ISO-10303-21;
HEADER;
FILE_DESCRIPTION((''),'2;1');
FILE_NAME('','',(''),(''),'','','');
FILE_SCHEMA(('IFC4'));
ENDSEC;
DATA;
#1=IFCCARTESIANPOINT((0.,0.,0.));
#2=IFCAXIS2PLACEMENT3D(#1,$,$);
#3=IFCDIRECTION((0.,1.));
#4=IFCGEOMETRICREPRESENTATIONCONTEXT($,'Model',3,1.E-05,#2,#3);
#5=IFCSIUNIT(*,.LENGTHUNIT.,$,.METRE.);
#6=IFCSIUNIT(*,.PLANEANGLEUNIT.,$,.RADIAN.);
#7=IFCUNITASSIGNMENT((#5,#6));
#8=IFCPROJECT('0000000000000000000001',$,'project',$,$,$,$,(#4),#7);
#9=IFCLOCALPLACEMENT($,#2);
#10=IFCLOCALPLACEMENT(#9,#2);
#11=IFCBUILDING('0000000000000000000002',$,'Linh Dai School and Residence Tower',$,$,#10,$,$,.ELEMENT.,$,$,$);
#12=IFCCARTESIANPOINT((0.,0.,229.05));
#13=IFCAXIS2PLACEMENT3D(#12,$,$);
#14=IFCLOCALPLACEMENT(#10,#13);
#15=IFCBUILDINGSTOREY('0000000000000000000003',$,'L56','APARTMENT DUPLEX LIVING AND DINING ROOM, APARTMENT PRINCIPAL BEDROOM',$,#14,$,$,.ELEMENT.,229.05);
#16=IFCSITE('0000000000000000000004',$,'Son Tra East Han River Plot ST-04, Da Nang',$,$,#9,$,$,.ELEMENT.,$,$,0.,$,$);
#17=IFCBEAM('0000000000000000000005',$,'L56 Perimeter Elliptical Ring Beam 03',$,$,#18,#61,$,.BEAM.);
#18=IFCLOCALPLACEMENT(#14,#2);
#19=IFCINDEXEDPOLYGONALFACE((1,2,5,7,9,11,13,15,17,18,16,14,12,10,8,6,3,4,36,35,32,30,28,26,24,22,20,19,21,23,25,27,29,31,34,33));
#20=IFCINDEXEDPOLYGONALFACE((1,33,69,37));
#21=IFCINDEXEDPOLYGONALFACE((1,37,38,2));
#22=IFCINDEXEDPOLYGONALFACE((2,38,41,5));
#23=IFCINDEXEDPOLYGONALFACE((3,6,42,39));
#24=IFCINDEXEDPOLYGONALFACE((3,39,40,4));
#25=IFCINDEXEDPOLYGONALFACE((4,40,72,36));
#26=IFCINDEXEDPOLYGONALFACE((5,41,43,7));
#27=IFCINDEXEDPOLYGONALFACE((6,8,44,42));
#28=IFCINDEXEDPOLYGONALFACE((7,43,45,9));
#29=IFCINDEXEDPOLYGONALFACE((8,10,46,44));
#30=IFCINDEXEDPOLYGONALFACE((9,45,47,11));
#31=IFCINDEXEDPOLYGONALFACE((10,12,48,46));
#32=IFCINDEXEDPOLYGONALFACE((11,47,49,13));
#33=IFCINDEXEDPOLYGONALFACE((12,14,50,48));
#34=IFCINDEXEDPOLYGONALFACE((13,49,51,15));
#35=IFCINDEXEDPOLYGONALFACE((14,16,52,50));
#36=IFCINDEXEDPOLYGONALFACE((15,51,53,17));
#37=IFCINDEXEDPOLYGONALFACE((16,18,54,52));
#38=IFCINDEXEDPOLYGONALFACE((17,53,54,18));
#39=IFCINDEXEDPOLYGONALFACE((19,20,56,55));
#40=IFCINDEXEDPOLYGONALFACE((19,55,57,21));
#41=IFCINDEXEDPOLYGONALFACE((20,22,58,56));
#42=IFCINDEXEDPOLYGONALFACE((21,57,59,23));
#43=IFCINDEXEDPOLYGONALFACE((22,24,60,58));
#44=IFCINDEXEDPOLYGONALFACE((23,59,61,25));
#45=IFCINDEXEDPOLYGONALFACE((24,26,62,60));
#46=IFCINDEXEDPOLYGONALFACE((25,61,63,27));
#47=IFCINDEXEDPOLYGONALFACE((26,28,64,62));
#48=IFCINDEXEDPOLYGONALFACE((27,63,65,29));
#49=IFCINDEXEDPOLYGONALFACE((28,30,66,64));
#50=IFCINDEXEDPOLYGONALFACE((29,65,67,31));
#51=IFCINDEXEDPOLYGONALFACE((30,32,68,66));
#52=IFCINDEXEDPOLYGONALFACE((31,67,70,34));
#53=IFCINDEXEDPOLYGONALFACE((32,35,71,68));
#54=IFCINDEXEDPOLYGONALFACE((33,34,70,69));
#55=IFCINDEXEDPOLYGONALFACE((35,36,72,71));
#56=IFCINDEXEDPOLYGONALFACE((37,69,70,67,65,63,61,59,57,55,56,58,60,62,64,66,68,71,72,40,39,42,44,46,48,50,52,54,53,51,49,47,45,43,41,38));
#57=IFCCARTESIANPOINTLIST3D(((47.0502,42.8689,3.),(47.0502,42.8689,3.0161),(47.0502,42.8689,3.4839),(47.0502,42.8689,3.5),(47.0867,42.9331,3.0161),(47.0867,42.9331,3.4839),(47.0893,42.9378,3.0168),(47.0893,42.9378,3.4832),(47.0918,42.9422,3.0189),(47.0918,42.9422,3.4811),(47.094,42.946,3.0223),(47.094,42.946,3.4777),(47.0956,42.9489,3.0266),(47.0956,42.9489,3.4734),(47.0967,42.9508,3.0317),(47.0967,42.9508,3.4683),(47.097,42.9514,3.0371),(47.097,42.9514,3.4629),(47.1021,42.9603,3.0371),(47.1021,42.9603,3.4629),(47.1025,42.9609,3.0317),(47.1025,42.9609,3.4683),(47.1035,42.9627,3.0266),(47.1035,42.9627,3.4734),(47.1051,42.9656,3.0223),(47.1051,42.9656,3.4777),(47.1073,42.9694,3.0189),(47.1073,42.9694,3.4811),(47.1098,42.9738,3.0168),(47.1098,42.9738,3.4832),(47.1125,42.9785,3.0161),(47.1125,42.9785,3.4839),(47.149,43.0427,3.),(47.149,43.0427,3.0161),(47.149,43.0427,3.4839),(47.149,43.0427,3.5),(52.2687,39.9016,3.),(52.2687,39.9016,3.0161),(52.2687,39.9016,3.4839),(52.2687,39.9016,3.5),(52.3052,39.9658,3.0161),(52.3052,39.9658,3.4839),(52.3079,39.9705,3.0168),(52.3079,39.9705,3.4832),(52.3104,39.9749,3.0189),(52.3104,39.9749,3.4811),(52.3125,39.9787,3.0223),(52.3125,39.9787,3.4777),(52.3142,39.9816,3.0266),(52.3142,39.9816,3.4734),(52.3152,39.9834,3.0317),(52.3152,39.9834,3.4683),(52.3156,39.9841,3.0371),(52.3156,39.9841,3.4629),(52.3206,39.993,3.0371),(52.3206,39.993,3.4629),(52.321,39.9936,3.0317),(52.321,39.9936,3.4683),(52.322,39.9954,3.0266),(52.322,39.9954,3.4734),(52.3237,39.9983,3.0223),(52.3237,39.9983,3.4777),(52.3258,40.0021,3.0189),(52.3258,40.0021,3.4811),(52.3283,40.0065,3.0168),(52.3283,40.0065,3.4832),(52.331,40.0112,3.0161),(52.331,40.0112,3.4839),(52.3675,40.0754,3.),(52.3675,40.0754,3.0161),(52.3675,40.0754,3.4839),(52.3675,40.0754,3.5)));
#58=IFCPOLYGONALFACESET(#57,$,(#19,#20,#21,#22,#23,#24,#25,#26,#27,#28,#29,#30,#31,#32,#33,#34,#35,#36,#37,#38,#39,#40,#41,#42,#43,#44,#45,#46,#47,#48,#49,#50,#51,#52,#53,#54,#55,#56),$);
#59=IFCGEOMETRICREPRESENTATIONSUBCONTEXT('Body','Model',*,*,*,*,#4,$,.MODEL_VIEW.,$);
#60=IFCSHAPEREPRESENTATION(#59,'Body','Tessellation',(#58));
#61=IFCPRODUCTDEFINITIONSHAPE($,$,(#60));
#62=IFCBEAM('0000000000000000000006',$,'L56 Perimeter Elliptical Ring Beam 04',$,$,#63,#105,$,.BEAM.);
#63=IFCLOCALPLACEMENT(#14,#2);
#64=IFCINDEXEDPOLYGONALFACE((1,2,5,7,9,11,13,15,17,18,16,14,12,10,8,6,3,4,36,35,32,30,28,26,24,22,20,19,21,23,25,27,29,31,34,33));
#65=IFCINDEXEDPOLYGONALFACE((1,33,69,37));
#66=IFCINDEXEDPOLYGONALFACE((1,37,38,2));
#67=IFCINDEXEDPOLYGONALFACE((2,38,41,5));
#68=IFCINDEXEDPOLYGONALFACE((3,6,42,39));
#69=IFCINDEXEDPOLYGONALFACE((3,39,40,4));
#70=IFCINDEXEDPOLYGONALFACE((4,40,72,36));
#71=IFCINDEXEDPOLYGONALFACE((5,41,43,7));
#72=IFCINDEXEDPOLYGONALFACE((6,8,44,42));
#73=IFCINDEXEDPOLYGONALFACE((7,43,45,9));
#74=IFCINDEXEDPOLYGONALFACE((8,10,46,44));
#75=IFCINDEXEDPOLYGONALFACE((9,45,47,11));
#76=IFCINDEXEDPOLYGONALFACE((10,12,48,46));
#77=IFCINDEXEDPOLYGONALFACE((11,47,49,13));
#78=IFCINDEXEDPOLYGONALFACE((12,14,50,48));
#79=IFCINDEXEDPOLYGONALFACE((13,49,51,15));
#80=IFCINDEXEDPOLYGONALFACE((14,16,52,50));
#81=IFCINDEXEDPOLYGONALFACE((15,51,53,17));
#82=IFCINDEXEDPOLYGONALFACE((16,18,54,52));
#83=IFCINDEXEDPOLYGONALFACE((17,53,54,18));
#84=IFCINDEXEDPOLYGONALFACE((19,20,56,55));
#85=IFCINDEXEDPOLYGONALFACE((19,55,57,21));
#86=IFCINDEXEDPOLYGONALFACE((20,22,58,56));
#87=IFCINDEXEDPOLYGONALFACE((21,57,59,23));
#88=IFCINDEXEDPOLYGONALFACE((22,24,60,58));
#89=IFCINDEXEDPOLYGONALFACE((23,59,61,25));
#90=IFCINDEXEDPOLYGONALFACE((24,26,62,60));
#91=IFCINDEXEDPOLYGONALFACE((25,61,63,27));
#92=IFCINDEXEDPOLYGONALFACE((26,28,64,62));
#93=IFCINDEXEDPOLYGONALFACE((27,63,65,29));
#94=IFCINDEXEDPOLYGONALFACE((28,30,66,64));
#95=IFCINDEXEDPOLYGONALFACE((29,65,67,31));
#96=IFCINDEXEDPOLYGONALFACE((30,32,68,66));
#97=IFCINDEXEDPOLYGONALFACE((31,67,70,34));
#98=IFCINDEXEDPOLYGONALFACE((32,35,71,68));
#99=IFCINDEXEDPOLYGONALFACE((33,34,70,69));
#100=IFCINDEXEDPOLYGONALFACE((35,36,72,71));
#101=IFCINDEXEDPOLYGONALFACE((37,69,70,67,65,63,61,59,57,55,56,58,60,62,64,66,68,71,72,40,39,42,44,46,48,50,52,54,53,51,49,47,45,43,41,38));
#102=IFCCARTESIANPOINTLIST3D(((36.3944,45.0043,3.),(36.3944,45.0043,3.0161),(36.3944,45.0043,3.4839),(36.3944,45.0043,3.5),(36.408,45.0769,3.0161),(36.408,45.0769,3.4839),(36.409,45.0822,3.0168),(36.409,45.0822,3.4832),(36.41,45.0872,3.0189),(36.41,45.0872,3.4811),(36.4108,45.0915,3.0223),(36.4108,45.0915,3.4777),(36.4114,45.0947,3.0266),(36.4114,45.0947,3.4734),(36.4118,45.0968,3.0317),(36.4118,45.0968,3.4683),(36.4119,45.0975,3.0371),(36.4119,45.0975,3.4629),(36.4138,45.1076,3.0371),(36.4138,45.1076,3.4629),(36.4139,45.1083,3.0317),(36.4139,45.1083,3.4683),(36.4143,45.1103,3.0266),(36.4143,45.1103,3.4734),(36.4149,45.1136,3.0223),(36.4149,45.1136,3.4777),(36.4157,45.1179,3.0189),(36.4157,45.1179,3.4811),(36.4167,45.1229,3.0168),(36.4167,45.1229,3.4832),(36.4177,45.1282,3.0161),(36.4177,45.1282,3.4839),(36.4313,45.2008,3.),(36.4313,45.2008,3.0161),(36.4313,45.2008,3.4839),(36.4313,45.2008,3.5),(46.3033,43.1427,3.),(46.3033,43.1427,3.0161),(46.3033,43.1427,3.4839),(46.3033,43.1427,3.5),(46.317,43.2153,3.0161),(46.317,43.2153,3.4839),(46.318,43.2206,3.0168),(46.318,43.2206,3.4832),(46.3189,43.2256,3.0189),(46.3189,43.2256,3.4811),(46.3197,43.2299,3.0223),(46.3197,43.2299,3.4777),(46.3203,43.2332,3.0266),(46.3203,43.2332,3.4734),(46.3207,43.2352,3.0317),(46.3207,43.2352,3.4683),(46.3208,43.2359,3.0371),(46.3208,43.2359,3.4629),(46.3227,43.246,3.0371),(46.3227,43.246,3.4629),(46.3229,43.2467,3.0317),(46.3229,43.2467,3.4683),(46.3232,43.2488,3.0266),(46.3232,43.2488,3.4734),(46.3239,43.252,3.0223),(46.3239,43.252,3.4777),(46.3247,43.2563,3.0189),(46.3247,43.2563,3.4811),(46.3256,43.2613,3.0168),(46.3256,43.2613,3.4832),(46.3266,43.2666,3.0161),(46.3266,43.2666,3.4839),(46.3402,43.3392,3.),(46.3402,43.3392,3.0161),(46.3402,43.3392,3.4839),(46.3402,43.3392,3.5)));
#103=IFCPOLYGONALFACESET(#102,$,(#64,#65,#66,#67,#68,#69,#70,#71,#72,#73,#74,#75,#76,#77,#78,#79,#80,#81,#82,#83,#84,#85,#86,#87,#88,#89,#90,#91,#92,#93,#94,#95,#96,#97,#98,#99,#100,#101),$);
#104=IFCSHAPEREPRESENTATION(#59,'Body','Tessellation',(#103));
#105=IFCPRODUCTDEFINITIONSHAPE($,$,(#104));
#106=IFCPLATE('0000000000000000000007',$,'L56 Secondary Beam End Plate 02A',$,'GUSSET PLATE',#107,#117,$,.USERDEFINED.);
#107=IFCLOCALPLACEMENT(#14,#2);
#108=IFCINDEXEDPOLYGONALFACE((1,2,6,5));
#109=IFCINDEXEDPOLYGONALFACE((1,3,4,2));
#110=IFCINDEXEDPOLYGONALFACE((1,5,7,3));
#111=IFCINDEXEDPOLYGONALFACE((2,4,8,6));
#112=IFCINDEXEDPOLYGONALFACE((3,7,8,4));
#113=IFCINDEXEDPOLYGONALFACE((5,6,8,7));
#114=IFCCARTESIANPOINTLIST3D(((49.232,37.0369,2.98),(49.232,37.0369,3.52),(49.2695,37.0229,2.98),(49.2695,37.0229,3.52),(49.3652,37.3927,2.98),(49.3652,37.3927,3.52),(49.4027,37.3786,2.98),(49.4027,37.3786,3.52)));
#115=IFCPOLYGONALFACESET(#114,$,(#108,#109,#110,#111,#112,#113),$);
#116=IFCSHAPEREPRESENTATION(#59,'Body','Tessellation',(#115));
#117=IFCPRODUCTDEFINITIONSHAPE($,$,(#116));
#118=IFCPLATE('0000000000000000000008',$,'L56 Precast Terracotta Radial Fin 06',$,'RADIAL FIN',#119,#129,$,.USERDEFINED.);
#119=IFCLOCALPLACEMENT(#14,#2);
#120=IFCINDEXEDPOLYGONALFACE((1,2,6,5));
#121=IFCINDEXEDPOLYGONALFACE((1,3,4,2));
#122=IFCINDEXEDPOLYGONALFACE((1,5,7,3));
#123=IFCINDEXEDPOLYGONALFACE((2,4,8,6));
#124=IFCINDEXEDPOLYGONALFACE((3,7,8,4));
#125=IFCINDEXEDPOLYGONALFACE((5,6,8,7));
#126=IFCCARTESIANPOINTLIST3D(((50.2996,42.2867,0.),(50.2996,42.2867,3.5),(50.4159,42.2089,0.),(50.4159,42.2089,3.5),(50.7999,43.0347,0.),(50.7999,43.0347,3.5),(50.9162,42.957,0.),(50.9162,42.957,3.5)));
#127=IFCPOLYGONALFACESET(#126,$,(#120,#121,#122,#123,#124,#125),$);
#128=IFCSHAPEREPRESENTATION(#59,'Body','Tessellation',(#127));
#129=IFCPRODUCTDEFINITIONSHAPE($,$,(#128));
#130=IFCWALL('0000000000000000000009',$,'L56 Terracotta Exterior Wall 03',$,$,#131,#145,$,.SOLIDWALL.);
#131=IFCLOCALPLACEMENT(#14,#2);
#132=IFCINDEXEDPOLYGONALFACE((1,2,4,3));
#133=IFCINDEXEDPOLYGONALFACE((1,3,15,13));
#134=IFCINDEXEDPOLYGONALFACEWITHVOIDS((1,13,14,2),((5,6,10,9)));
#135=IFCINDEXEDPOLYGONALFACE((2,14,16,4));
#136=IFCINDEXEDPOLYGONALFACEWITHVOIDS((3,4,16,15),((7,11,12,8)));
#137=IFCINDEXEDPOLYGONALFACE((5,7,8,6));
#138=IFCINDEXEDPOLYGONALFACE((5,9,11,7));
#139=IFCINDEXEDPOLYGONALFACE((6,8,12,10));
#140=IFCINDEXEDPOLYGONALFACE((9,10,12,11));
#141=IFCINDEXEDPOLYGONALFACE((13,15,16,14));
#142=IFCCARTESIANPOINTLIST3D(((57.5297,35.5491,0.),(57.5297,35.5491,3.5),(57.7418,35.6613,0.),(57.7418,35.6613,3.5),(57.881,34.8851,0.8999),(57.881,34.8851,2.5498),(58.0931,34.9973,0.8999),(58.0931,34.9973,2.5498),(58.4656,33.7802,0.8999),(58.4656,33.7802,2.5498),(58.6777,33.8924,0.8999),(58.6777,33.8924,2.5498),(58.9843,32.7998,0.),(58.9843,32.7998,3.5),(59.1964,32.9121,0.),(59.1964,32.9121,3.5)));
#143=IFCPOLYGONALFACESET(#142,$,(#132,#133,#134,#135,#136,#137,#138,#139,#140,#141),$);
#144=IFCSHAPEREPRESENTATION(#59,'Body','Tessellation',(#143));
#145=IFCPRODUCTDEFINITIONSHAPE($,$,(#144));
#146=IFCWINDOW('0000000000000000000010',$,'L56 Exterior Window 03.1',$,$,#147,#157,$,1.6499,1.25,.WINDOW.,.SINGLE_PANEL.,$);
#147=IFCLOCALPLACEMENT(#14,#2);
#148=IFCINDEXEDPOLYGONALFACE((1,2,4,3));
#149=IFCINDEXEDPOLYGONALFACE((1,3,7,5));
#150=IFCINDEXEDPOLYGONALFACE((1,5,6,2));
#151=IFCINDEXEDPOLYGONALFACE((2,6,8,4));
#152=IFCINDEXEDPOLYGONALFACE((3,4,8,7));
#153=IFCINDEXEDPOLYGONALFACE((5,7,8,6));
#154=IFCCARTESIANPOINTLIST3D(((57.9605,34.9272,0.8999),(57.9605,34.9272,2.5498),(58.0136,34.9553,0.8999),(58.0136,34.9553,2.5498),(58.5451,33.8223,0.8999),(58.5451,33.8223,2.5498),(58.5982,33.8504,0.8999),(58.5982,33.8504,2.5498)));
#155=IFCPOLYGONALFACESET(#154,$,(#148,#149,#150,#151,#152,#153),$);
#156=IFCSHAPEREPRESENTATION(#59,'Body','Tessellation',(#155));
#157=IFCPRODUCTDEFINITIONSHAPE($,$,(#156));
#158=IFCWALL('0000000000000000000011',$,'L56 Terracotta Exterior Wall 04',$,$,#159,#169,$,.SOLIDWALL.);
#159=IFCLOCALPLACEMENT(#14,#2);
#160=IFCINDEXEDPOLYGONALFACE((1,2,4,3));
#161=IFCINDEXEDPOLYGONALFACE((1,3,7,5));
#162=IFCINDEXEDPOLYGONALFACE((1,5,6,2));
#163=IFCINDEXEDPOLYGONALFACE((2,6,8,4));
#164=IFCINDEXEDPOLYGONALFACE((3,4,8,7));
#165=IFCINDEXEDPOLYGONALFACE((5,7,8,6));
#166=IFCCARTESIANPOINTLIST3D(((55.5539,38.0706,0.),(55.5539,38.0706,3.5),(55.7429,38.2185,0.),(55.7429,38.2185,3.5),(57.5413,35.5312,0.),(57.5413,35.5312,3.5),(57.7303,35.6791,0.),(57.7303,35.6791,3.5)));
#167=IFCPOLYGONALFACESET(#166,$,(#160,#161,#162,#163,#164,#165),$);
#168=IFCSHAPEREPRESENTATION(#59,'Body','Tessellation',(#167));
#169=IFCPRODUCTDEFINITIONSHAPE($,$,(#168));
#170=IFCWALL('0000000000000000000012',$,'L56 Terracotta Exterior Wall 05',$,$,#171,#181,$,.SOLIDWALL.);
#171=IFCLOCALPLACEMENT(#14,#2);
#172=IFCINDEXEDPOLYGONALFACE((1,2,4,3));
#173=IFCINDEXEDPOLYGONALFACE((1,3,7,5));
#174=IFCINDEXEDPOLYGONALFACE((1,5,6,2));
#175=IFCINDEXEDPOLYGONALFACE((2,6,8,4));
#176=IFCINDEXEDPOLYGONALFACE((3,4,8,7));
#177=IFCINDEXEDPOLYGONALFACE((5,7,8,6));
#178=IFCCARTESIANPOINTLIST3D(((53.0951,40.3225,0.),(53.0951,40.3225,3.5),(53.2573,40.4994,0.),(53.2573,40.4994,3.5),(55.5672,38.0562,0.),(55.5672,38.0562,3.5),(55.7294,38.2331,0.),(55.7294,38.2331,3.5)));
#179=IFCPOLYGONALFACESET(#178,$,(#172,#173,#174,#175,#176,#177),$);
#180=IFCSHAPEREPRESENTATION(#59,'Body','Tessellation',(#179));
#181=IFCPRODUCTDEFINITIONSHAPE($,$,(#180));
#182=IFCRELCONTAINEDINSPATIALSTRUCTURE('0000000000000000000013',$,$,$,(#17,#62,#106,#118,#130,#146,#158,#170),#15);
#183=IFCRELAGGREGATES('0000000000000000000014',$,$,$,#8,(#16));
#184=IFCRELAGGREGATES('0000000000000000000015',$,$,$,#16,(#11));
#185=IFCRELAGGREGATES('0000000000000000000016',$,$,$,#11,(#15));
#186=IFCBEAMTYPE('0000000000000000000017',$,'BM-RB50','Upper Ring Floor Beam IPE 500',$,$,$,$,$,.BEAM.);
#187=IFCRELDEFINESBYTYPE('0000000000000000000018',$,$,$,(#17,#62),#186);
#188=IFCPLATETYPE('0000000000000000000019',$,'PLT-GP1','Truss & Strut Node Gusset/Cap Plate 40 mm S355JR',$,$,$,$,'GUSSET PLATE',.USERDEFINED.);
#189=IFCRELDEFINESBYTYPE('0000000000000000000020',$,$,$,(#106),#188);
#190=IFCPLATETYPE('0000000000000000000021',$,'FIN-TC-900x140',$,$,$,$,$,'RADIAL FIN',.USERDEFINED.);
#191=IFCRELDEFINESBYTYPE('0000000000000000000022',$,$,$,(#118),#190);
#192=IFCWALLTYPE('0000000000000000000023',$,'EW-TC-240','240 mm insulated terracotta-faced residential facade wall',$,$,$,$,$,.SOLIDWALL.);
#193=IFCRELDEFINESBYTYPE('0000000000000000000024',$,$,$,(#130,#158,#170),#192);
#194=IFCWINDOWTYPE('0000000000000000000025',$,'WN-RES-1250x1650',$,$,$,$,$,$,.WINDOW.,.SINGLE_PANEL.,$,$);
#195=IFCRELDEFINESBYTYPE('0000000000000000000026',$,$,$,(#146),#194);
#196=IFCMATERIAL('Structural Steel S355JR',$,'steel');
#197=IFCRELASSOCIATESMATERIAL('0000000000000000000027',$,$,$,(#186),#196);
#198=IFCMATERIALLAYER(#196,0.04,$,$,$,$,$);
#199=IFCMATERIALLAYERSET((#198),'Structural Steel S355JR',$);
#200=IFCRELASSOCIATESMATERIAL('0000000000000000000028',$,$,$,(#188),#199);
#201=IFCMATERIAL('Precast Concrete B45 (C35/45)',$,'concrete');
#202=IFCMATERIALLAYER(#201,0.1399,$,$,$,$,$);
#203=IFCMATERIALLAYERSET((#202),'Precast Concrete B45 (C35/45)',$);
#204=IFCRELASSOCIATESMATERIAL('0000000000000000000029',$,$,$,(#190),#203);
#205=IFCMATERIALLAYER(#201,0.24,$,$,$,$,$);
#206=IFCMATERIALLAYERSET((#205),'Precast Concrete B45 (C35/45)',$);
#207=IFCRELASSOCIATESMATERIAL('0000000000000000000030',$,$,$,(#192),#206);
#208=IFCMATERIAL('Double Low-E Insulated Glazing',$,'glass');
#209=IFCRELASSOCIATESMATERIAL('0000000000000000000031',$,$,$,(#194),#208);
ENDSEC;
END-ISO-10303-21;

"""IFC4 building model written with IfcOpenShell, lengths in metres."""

from ifc_helpers import new_model, si_unit, direction, frame, frame_2d, origin, origin_2d, place, context, subcontext, project, spatial, rectangle, i_section, extrude, source, transform, mapped, material, layer, layer_set, material_profile, profile_set, type_object, element, fill, save


model = new_model("IFC4")

# Units and contexts
model_context = context("Model", 3, precision=1e-05, world=origin(), true_north=direction((0.0, 1.0)))
body_context = subcontext(model_context, "Body", "Model", "MODEL_VIEW")
ifc_project = project(units=[si_unit("LENGTHUNIT", "METRE"), si_unit("PLANEANGLEUNIT", "RADIAN")], contexts=[model_context])

# Site, building, storey
site_placement = place(None, origin())
site = spatial("IfcSite", under=ifc_project, at=site_placement, Name="Son Tra East Han River Plot ST-04, Da Nang", CompositionType="ELEMENT", RefElevation=0.0)
building_placement = place(site_placement, origin())
building = spatial("IfcBuilding", under=site, at=building_placement, Name="Linh Dai School and Residence Tower", CompositionType="ELEMENT")
storey_placement = place(building_placement, frame((0.0, 0.0, 229.05)))
storey = spatial("IfcBuildingStorey", under=building, at=storey_placement, Name="L56", Description="APARTMENT DUPLEX LIVING AND DINING ROOM, APARTMENT PRINCIPAL BEDROOM", CompositionType="ELEMENT", Elevation=229.05)

# Shared definitions
ifc_material_1 = material(Name="Structural Steel S355JR", Category="steel")

# Beams
ifc_material_profile_1 = material_profile(ifc_material_1, i_section(OverallWidth=0.2, OverallDepth=0.5, WebThickness=0.0103, FlangeThickness=0.0161, FilletRadius=0.021, at=origin_2d()), Name="IPE 500")
ifc_profile_set_1 = profile_set([ifc_material_profile_1], Name="Structural Steel S355JR")
beam_type_1 = type_object("IfcBeamType", Name="BM-RB50", Description="Upper Ring Floor Beam IPE 500", PredefinedType="BEAM", material=ifc_profile_set_1)
beam_1_placement = place(storey_placement, frame((52.3181, 39.9885, 3.25), z_axis=(-0.869297, 0.49429, 0.0), x_axis=(-0.49429, -0.869297, 0.0)))
element("IfcBeam", 1, at=beam_1_placement, inside=storey, type_object=beam_type_1, Name="L56 Perimeter Elliptical Ring Beam 03", PredefinedType="BEAM", context=body_context, shape_type="SweptSolid", body=[
    extrude(i_section(OverallWidth=0.2, OverallDepth=0.5, WebThickness=0.0103, FlangeThickness=0.0161, FilletRadius=0.021, at=origin_2d()), origin(), (0.0, 0.0, 1.0), 6.0032),
])
beam_2_placement = place(storey_placement, frame((46.3218, 43.241, 3.25), z_axis=(-0.982807, 0.184638, 0.0), x_axis=(-0.184638, -0.982807, 0.0)))
element("IfcBeam", 2, at=beam_2_placement, inside=storey, type_object=beam_type_1, Name="L56 Perimeter Elliptical Ring Beam 04", PredefinedType="BEAM", context=body_context, shape_type="SweptSolid", body=[
    extrude(i_section(OverallWidth=0.2, OverallDepth=0.5, WebThickness=0.0103, FlangeThickness=0.0161, FilletRadius=0.021, at=origin_2d()), origin(), (0.0, 0.0, 1.0), 10.0823),
])

# Plates
ifc_layer_1 = layer(ifc_material_1, 0.04)
ifc_layer_set_1 = layer_set([ifc_layer_1], Name="Structural Steel S355JR")
plate_type_1 = type_object("IfcPlateType", Name="PLT-GP1", Description="Truss & Strut Node Gusset/Cap Plate 40 mm S355JR", ElementType="GUSSET PLATE", PredefinedType="USERDEFINED", material=ifc_layer_set_1)
shared_shape_1 = source(origin(), body_context, "Body", "SweptSolid", [
    extrude(rectangle(XDim=0.04, YDim=0.3799, at=origin_2d()), origin(), (0.0, 0.0, 1.0), 0.54),
])
plate_1_placement = place(storey_placement, frame((49.3174, 37.2078, 2.98), z_axis=(0.0, 0.0, 1.0), x_axis=(-0.936534, 0.350577, 0.0)))
element("IfcPlate", 3, at=plate_1_placement, inside=storey, type_object=plate_type_1, Name="L56 Secondary Beam End Plate 02A", ObjectType="GUSSET PLATE", PredefinedType="USERDEFINED", context=body_context, shape_type="MappedRepresentation", body=[
    mapped(shared_shape_1, transform((0.0, 0.0, 0.0), x_axis=(1.0, 0.0, 0.0), y_axis=(0.0, 1.0, 0.0), z_axis=(0.0, 0.0, 1.0), scale=1.0)),
])
ifc_material_2 = material(Name="Precast Concrete B45 (C35/45)", Category="concrete")
ifc_layer_2 = layer(ifc_material_2, 0.1399)
ifc_layer_set_2 = layer_set([ifc_layer_2], Name="Precast Concrete B45 (C35/45)")
plate_type_2 = type_object("IfcPlateType", Name="FIN-TC-900x140", ElementType="RADIAL FIN", PredefinedType="USERDEFINED", material=ifc_layer_set_2)
shared_shape_2 = source(origin(), body_context, "Body", "SweptSolid", [
    extrude(rectangle(XDim=0.8999, YDim=0.1399, at=origin_2d()), origin(), (0.0, 0.0, 1.0), 3.5),
])
plate_2_placement = place(storey_placement, frame((50.6079, 42.6218, 0.0), z_axis=(0.0, 0.0, 1.0), x_axis=(0.555887, 0.831258, 0.0)))
element("IfcPlate", 4, at=plate_2_placement, inside=storey, type_object=plate_type_2, Name="L56 Precast Terracotta Radial Fin 06", ObjectType="RADIAL FIN", PredefinedType="USERDEFINED", context=body_context, shape_type="MappedRepresentation", body=[
    mapped(shared_shape_2, transform((0.0, 0.0, 0.0), x_axis=(1.0, 0.0, 0.0), y_axis=(0.0, 1.0, 0.0), z_axis=(0.0, 0.0, 1.0), scale=1.0)),
])

# Wall, opening, window
ifc_layer_3 = layer(ifc_material_2, 0.24)
ifc_layer_set_3 = layer_set([ifc_layer_3], Name="Precast Concrete B45 (C35/45)")
wall_type_1 = type_object("IfcWallType", Name="EW-TC-240", Description="240 mm insulated terracotta-faced residential facade wall", PredefinedType="SOLIDWALL", material=ifc_layer_set_3)
wall_1_placement = place(storey_placement, frame((57.6357, 35.6052, 0.0), z_axis=(0.0, 0.0, 1.0), x_axis=(0.46766, -0.883908, 0.0)))
wall_1 = element("IfcWall", 5, at=wall_1_placement, inside=storey, type_object=wall_type_1, Name="L56 Terracotta Exterior Wall 03", PredefinedType="SOLIDWALL", context=body_context, shape_type="SweptSolid", body=[
    extrude(rectangle(XDim=3.1104, YDim=0.24, at=frame_2d((1.5552, 0.0))), origin(), (0.0, 0.0, 1.0), 3.5),
])
opening_1_placement = place(wall_1_placement, frame((0.7512, 0.0, 0.8999)))
opening_1 = element("IfcOpeningElement", 6, at=opening_1_placement, cuts=wall_1, PredefinedType="OPENING", context=body_context, shape_type="SweptSolid", body=[
    extrude(rectangle(XDim=1.25, YDim=1.6499, at=origin_2d()), frame((0.625, 0.1299, 0.825), z_axis=(0.0, -1.0, 0.0), x_axis=(1.0, 0.0, 0.0)), (0.0, 0.0, 1.0), 0.26),
])
ifc_material_3 = material(Name="Double Low-E Insulated Glazing", Category="glass")
window_type = type_object("IfcWindowType", Name="WN-RES-1250x1650", PartitioningType="SINGLE_PANEL", PredefinedType="WINDOW", material=ifc_material_3)
shared_shape_3 = source(origin(), body_context, "Body", "SweptSolid", [
    extrude(rectangle(XDim=1.25, YDim=1.6499, at=origin_2d()), frame((0.625, 0.03, 0.825), z_axis=(0.0, -1.0, 0.0), x_axis=(1.0, 0.0, 0.0)), (0.0, 0.0, 1.0), 0.0601),
])
window_placement = place(opening_1_placement, origin())
window = element("IfcWindow", 7, at=window_placement, inside=storey, type_object=window_type, Name="L56 Exterior Window 03.1", OverallHeight=1.6499, OverallWidth=1.25, PartitioningType="SINGLE_PANEL", PredefinedType="WINDOW", context=body_context, shape_type="MappedRepresentation", body=[
    mapped(shared_shape_3, transform((0.0, 0.0, 0.0), x_axis=(1.0, 0.0, 0.0), y_axis=(0.0, 1.0, 0.0), z_axis=(0.0, 0.0, 1.0), scale=1.0)),
])
fill(opening_1, window)

# Walls
wall_2_placement = place(storey_placement, frame((55.6484, 38.1445, 0.0), z_axis=(0.0, 0.0, 1.0), x_axis=(0.616312, -0.787502, 0.0)))
element("IfcWall", 8, at=wall_2_placement, inside=storey, type_object=wall_type_1, Name="L56 Terracotta Exterior Wall 04", PredefinedType="SOLIDWALL", context=body_context, shape_type="SweptSolid", body=[
    extrude(rectangle(XDim=3.2246, YDim=0.24, at=frame_2d((1.6123, 0.0))), origin(), (0.0, 0.0, 1.0), 3.5),
])
wall_3_placement = place(storey_placement, frame((53.1763, 40.4109, 0.0), z_axis=(0.0, 0.0, 1.0), x_axis=(0.737124, -0.675758, 0.0)))
element("IfcWall", 9, at=wall_3_placement, inside=storey, type_object=wall_type_1, Name="L56 Terracotta Exterior Wall 05", PredefinedType="SOLIDWALL", context=body_context, shape_type="SweptSolid", body=[
    extrude(rectangle(XDim=3.3538, YDim=0.24, at=frame_2d((1.6768, 0.0))), origin(), (0.0, 0.0, 1.0), 3.5),
])

save(model, "model.ifc")
